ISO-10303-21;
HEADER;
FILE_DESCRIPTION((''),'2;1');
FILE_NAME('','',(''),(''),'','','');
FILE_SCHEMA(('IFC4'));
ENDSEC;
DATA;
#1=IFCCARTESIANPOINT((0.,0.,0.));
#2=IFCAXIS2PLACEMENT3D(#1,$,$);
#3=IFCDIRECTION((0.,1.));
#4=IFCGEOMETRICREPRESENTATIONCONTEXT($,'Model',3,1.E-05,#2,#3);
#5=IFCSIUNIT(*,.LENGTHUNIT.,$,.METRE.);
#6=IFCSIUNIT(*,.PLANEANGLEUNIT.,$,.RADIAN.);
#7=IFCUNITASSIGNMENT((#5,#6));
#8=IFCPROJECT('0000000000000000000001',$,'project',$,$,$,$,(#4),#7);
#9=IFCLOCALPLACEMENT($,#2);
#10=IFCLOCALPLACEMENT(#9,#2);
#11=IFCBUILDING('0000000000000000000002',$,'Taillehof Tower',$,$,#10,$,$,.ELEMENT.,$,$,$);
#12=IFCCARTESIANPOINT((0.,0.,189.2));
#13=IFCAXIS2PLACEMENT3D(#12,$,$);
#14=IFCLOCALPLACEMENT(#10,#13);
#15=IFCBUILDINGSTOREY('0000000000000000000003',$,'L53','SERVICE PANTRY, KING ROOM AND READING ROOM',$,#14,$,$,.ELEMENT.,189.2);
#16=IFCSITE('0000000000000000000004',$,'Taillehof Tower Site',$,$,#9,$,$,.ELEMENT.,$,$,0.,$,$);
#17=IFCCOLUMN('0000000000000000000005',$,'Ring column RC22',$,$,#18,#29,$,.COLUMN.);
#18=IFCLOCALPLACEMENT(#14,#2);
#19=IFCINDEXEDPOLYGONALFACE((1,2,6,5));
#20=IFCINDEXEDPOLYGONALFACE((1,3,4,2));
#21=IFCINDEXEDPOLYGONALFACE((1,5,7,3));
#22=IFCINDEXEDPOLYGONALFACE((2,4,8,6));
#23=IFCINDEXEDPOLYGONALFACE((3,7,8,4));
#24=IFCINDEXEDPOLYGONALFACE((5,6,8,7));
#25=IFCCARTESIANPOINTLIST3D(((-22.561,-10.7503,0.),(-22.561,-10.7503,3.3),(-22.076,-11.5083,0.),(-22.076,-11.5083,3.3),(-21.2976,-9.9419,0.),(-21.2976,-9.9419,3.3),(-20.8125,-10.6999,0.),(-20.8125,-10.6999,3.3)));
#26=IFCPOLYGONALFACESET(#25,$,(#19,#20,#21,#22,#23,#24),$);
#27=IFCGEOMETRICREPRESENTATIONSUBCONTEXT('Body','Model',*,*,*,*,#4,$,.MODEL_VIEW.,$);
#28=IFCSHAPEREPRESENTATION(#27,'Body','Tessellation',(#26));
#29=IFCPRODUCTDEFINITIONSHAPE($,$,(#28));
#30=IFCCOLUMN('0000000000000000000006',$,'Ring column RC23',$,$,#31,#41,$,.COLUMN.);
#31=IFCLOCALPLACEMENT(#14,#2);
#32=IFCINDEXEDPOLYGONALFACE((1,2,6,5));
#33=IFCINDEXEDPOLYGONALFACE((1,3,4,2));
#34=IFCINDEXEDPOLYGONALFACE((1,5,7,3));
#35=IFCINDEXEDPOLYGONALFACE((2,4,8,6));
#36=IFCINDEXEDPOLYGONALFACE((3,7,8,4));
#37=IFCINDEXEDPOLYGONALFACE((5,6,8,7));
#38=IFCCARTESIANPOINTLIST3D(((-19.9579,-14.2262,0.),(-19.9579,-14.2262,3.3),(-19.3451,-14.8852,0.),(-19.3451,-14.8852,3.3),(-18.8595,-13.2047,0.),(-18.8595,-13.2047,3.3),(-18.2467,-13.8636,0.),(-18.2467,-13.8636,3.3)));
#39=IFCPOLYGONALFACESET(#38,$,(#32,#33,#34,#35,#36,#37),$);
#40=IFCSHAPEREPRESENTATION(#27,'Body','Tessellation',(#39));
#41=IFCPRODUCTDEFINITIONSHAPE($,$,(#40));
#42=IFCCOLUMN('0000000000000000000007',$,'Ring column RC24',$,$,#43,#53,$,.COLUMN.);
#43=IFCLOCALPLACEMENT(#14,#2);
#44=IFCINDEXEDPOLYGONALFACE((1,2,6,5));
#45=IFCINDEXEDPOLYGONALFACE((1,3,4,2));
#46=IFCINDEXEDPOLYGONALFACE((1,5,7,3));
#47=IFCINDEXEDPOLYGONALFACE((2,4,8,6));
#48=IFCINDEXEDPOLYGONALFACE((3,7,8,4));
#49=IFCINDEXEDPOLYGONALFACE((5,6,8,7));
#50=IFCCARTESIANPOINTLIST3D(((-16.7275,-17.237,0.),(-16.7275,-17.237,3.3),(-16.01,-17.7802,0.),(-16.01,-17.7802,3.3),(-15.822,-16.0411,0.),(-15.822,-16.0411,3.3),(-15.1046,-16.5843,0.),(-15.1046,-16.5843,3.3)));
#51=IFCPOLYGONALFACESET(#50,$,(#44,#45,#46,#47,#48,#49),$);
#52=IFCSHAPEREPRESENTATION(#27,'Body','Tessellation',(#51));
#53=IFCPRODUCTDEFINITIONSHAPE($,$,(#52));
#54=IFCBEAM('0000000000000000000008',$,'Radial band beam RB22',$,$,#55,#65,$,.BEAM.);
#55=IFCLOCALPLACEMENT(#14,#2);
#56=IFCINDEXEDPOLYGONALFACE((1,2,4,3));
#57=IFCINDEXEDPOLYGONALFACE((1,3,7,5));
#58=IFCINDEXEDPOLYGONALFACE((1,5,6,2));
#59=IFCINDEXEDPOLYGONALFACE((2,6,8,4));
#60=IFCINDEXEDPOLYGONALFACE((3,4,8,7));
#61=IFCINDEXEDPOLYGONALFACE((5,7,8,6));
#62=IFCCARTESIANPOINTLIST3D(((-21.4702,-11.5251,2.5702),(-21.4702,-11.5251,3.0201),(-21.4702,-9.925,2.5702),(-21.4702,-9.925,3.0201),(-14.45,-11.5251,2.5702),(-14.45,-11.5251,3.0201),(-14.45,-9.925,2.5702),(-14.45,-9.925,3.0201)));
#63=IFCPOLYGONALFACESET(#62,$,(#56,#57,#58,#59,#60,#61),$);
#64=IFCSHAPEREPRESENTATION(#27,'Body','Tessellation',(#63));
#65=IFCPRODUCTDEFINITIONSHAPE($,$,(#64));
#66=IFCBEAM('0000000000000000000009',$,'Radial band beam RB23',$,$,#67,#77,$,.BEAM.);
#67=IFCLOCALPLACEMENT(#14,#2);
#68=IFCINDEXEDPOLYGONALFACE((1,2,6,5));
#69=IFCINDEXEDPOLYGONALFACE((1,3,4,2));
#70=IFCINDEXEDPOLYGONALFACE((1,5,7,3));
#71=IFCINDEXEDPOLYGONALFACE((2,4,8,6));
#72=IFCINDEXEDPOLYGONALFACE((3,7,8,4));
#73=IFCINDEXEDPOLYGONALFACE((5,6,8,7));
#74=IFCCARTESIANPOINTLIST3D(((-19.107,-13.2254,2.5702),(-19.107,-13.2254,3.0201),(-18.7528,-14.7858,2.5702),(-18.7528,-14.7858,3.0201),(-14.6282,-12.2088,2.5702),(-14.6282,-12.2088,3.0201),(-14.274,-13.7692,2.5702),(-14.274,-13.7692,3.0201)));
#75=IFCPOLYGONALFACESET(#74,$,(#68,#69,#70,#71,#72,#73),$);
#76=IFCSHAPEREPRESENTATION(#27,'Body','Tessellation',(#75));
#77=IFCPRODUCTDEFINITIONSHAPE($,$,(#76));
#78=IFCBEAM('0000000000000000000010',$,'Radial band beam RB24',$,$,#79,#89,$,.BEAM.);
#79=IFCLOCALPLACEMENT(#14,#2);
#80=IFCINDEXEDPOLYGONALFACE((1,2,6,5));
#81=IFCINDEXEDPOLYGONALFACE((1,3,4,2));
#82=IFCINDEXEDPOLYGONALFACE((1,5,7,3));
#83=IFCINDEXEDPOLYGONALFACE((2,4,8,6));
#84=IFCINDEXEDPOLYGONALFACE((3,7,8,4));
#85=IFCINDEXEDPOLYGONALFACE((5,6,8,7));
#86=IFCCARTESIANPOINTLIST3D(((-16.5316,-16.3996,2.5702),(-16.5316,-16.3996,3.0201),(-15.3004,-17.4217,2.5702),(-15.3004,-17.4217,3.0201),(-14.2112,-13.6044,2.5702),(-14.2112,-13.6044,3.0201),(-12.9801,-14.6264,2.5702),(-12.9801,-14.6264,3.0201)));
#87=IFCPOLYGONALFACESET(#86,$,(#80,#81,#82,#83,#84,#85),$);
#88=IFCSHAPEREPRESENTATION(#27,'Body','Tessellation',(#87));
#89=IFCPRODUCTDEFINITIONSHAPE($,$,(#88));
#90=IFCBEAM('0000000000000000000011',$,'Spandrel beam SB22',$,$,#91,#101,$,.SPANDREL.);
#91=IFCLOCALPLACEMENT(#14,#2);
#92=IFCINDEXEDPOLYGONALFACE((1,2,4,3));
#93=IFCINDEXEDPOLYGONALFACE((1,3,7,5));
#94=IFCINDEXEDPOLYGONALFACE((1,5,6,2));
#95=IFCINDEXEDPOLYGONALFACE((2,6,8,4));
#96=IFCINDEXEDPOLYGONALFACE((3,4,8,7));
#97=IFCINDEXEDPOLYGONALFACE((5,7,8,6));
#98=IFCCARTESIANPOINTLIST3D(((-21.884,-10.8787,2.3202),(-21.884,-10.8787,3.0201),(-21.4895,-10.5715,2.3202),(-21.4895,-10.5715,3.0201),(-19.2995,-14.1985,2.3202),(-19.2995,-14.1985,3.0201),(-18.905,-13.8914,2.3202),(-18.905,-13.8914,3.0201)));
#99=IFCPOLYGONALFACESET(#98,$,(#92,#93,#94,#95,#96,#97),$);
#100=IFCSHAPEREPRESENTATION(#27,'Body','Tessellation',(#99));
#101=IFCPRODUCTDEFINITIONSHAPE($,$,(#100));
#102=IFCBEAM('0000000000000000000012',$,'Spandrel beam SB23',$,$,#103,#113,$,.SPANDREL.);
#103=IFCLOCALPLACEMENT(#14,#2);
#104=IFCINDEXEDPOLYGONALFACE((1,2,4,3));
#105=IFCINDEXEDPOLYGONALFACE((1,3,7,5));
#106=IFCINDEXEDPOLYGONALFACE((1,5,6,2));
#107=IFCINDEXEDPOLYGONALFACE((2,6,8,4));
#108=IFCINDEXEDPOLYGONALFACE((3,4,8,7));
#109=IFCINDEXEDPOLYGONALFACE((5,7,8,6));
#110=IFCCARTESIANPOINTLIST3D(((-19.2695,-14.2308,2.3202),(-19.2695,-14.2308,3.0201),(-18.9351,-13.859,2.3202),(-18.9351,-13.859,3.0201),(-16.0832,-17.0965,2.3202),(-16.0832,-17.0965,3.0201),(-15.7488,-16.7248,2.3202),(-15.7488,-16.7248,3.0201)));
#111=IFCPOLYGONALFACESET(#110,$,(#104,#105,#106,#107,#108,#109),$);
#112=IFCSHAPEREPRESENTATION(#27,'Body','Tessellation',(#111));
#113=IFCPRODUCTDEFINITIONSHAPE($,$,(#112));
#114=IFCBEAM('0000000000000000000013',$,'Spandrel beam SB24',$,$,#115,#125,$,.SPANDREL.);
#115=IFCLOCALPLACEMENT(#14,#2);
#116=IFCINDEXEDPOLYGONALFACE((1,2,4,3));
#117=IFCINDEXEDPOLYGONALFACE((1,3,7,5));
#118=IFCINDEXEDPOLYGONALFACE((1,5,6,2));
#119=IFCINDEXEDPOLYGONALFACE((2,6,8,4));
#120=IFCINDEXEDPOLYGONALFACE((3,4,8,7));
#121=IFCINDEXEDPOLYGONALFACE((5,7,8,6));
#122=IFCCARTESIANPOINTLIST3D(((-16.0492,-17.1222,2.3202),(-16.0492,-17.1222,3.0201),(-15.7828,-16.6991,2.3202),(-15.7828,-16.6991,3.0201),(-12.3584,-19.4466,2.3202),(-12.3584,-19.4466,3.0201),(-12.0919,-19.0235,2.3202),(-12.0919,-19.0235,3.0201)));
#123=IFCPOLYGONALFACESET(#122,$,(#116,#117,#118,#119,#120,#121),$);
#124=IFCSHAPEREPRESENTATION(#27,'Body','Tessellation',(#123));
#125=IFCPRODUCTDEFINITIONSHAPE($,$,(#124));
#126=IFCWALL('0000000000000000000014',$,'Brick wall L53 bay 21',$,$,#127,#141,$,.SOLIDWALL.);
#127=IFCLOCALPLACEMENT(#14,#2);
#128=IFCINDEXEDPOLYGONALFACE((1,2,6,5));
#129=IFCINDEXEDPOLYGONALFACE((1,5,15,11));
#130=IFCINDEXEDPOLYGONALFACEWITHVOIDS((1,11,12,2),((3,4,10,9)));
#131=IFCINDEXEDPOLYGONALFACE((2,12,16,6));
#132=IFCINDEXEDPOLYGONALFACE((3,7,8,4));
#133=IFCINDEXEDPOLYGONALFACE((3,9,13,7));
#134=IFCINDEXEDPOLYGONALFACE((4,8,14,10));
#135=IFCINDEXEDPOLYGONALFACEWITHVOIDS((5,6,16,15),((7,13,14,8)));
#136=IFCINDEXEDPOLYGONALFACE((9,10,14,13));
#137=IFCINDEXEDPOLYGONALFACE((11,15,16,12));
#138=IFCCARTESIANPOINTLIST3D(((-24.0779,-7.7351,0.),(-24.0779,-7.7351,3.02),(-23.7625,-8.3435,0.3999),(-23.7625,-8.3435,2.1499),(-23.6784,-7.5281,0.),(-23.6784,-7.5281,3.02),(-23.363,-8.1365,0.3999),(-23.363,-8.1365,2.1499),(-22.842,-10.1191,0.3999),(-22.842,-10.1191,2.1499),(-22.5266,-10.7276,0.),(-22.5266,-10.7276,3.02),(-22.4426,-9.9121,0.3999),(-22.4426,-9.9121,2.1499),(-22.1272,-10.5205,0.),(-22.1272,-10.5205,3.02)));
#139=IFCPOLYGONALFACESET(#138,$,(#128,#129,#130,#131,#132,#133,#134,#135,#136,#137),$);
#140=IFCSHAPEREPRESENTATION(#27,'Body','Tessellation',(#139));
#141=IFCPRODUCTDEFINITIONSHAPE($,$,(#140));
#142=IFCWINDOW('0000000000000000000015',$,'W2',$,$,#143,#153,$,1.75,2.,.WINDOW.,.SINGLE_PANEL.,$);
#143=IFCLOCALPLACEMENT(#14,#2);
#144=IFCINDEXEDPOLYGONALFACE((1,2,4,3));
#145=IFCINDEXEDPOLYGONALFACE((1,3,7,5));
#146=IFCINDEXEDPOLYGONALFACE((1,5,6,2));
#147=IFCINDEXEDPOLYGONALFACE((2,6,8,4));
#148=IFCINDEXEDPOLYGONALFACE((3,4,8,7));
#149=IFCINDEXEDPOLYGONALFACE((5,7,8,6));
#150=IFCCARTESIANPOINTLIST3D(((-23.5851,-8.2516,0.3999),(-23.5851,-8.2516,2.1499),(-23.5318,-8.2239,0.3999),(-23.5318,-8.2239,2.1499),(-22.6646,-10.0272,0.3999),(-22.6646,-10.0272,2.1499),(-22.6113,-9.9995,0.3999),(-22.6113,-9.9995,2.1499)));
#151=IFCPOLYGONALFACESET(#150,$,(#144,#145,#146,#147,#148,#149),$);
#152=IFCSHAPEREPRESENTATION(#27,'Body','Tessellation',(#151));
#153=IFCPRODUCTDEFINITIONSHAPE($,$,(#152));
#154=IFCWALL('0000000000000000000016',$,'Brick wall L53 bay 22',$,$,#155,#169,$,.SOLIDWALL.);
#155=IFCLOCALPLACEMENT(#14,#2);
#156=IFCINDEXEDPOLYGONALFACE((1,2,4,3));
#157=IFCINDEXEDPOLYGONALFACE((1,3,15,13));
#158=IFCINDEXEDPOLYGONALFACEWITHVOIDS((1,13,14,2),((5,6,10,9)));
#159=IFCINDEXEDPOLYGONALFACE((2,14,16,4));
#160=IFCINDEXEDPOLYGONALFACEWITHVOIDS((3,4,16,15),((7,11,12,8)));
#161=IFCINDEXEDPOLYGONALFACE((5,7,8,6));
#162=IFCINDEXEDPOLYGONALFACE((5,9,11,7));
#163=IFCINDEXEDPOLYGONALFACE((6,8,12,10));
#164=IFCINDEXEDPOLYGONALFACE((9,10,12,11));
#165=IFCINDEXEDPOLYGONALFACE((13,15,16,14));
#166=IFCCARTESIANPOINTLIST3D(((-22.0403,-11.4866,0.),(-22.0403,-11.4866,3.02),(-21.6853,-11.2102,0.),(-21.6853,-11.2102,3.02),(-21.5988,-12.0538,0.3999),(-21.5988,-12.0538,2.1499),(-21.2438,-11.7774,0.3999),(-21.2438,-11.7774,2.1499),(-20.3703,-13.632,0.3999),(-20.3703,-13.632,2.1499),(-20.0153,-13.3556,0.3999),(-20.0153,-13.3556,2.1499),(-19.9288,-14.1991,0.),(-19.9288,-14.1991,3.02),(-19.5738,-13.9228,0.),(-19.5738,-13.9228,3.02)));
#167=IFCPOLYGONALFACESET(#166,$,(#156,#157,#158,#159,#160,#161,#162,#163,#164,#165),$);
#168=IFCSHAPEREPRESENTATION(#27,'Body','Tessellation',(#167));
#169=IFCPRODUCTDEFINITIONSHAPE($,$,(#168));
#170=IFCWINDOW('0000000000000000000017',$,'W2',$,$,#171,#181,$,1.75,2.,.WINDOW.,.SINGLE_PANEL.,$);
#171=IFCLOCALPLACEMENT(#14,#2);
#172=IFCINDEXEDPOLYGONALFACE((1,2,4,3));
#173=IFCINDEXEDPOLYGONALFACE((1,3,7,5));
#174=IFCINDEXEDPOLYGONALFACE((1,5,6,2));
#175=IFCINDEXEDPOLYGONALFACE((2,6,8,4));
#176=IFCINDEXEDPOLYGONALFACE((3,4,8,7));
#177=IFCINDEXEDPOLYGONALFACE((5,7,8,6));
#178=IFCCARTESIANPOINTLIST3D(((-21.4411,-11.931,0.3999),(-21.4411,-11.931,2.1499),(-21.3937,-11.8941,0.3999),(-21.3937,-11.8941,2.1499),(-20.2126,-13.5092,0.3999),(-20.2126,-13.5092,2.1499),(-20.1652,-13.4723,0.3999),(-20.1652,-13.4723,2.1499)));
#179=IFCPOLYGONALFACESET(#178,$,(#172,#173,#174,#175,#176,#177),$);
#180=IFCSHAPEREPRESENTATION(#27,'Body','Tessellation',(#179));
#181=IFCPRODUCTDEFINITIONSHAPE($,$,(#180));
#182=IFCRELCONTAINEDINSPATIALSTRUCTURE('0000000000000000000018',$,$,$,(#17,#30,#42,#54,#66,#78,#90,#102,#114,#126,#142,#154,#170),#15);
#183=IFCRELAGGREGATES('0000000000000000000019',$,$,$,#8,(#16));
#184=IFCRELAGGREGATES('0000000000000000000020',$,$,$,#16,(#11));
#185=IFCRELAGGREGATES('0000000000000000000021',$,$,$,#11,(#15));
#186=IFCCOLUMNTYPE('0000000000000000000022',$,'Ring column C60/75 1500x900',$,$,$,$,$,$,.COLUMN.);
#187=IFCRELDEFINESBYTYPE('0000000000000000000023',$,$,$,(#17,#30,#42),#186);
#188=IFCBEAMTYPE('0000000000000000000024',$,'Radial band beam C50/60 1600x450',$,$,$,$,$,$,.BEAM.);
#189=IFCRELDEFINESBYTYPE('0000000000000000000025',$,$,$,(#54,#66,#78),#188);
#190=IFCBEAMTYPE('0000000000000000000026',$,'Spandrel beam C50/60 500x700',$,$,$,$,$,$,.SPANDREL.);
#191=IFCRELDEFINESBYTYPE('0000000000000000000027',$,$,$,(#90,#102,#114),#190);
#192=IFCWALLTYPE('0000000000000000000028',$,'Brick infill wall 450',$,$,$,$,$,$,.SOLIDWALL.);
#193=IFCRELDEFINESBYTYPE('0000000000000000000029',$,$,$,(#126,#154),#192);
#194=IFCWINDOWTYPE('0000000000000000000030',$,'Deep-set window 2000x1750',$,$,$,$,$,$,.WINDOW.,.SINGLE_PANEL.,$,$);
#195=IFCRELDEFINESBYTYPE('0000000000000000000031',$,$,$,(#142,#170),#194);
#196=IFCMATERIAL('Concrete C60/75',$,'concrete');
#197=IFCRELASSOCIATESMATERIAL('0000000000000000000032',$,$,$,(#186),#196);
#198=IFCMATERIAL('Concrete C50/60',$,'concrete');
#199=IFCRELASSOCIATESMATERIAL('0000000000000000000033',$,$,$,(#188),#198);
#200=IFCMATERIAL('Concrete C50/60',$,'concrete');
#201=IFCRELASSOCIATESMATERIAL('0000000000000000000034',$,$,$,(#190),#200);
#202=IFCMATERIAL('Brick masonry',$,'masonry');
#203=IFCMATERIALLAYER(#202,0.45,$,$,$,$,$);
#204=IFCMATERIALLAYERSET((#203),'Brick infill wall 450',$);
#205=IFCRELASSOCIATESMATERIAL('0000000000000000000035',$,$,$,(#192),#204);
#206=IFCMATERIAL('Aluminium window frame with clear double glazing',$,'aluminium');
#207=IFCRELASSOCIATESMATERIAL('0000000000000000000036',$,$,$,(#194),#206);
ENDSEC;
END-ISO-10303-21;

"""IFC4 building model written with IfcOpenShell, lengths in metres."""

from ifc_helpers import new_model, si_unit, direction, frame, frame_2d, origin, origin_2d, place, context, subcontext, project, spatial, rectangle, extrude, material, layer, layer_set, material_profile, profile_set, type_object, element, fill, save


model = new_model("IFC4")

# Units and contexts
model_context = context("Model", 3, precision=1e-05, world=origin(), true_north=direction((0.0, 1.0)))
body_context = subcontext(model_context, "Body", "Model", "MODEL_VIEW")
ifc_project = project(units=[si_unit("LENGTHUNIT", "METRE"), si_unit("PLANEANGLEUNIT", "RADIAN")], contexts=[model_context])

# Site, building, storey
site_placement = place(None, origin())
site = spatial("IfcSite", under=ifc_project, at=site_placement, Name="Taillehof Tower Site", CompositionType="ELEMENT", RefElevation=0.0)
building_placement = place(site_placement, origin())
building = spatial("IfcBuilding", under=site, at=building_placement, Name="Taillehof Tower", CompositionType="ELEMENT")
storey_placement = place(building_placement, frame((0.0, 0.0, 189.2)))
storey = spatial("IfcBuildingStorey", under=building, at=storey_placement, Name="L53", Description="SERVICE PANTRY, KING ROOM AND READING ROOM", CompositionType="ELEMENT", Elevation=189.2)

# Columns
ifc_material_1 = material(Name="Concrete C60/75", Category="concrete")
ifc_material_profile_1 = material_profile(ifc_material_1, rectangle(XDim=1.5, YDim=0.8999, at=origin_2d()), Name="RC 1500x900")
ifc_profile_set_1 = profile_set([ifc_material_profile_1], Name="Concrete C60/75")
column_type = type_object("IfcColumnType", Name="Ring column C60/75 1500x900", PredefinedType="COLUMN", material=ifc_profile_set_1)
for number, where, z_axis, x_axis, name in (
    (1, (-21.6868, -10.7251, 0.0), (0.0, 0.0, 1.0), (-0.842311, -0.538992, 0.0), "Ring column RC22"),
    (2, (-19.1023, -14.0449, 0.0), (0.0, 0.0, 1.0), (-0.732271, -0.681013, 0.0), "Ring column RC23"),
    (3, (-15.916, -16.9106, 0.0), (0.0, 0.0, 1.0), (-0.603608, -0.797281, 0.0), "Ring column RC24"),
):
    element("IfcColumn", number, at=place(storey_placement, frame(where, z_axis=z_axis, x_axis=x_axis)), inside=storey, type_object=column_type, Name=name, PredefinedType="COLUMN", context=body_context, shape_type="SweptSolid", body=[
        extrude(rectangle(XDim=1.5, YDim=0.8999, at=origin_2d()), origin(), (0.0, 0.0, 1.0), 3.3),
    ])

# Beams
ifc_material_2 = material(Name="Concrete C50/60", Category="concrete")
ifc_material_profile_2 = material_profile(ifc_material_2, rectangle(XDim=1.6001, YDim=0.45, at=origin_2d()), Name="RC 1600x450")
ifc_profile_set_2 = profile_set([ifc_material_profile_2], Name="Concrete C50/60")
beam_type_1 = type_object("IfcBeamType", Name="Radial band beam C50/60 1600x450", PredefinedType="BEAM", material=ifc_profile_set_2)
beam_1_placement = place(storey_placement, frame((-21.4702, -10.7251, 2.7952), z_axis=(1.0, 0.0, 0.0), x_axis=(0.0, 1.0, 0.0)))
element("IfcBeam", 4, at=beam_1_placement, inside=storey, type_object=beam_type_1, Name="Radial band beam RB22", PredefinedType="BEAM", context=body_context, shape_type="SweptSolid", body=[
    extrude(rectangle(XDim=1.6001, YDim=0.45, at=origin_2d()), origin(), (0.0, 0.0, 1.0), 7.0203),
])
beam_2_placement = place(storey_placement, frame((-18.9299, -14.0056, 2.7952), z_axis=(0.975194, 0.221352, 0.0), x_axis=(-0.221352, 0.975194, 0.0)))
element("IfcBeam", 5, at=beam_2_placement, inside=storey, type_object=beam_type_1, Name="Radial band beam RB23", PredefinedType="BEAM", context=body_context, shape_type="SweptSolid", body=[
    extrude(rectangle(XDim=1.6001, YDim=0.45, at=origin_2d()), origin(), (0.0, 0.0, 1.0), 4.5928),
])
beam_3_placement = place(storey_placement, frame((-15.916, -16.9106, 2.7952), z_axis=(0.638722, 0.769437, 0.0), x_axis=(-0.769437, 0.638722, 0.0)))
element("IfcBeam", 6, at=beam_3_placement, inside=storey, type_object=beam_type_1, Name="Radial band beam RB24", PredefinedType="BEAM", context=body_context, shape_type="SweptSolid", body=[
    extrude(rectangle(XDim=1.6001, YDim=0.45, at=origin_2d()), origin(), (0.0, 0.0, 1.0), 3.6328),
])
ifc_material_3 = material(Name="Concrete C50/60", Category="concrete")
ifc_material_profile_3 = material_profile(ifc_material_3, rectangle(XDim=0.5, YDim=0.7, at=origin_2d()), Name="RC 500x700")
ifc_profile_set_3 = profile_set([ifc_material_profile_3], Name="Concrete C50/60")
beam_type_2 = type_object("IfcBeamType", Name="Spandrel beam C50/60 500x700", PredefinedType="SPANDREL", material=ifc_profile_set_3)
beam_4_placement = place(storey_placement, frame((-21.6868, -10.7251, 2.6702), z_axis=(0.614294, -0.789077, 0.0), x_axis=(0.789077, 0.614294, 0.0)))
element("IfcBeam", 7, at=beam_4_placement, inside=storey, type_object=beam_type_2, Name="Spandrel beam SB22", PredefinedType="SPANDREL", context=body_context, shape_type="SweptSolid", body=[
    extrude(rectangle(XDim=0.5, YDim=0.7, at=origin_2d()), origin(), (0.0, 0.0, 1.0), 4.2073),
])
beam_5_placement = place(storey_placement, frame((-19.1023, -14.0449, 2.6702), z_axis=(0.743518, -0.668716, 0.0), x_axis=(0.668716, 0.743518, 0.0)))
element("IfcBeam", 8, at=beam_5_placement, inside=storey, type_object=beam_type_2, Name="Spandrel beam SB23", PredefinedType="SPANDREL", context=body_context, shape_type="SweptSolid", body=[
    extrude(rectangle(XDim=0.5, YDim=0.7, at=origin_2d()), origin(), (0.0, 0.0, 1.0), 4.2854),
])
beam_6_placement = place(storey_placement, frame((-15.916, -16.9106, 2.6702), z_axis=(0.846176, -0.532904, 0.0), x_axis=(0.532904, 0.846176, 0.0)))
element("IfcBeam", 9, at=beam_6_placement, inside=storey, type_object=beam_type_2, Name="Spandrel beam SB24", PredefinedType="SPANDREL", context=body_context, shape_type="SweptSolid", body=[
    extrude(rectangle(XDim=0.5, YDim=0.7, at=origin_2d()), origin(), (0.0, 0.0, 1.0), 4.3618),
])

# Walls, openings, windows
ifc_material_4 = material(Name="Brick masonry", Category="masonry")
ifc_layer_1 = layer(ifc_material_4, 0.45)
ifc_layer_set_1 = layer_set([ifc_layer_1], Name="Brick infill wall 450")
wall_type_1 = type_object("IfcWallType", Name="Brick infill wall 450", PredefinedType="SOLIDWALL", material=ifc_layer_set_1)
wall_1_placement = place(storey_placement, frame((-23.8782, -7.6316, 0.0), z_axis=(0.0, 0.0, 1.0), x_axis=(0.460233, -0.887798, 0.0)))
wall_1 = element("IfcWall", 10, at=wall_1_placement, inside=storey, type_object=wall_type_1, Name="Brick wall L53 bay 21", PredefinedType="SOLIDWALL", context=body_context, shape_type="SweptSolid", body=[
    extrude(rectangle(XDim=3.3706, YDim=0.45, at=frame_2d((1.6853, 0.0))), origin(), (0.0, 0.0, 1.0), 3.02),
])
opening_1_placement = place(wall_1_placement, frame((0.6853, 0.0, 0.3999)))
opening_1 = element("IfcOpeningElement", 11, at=opening_1_placement, cuts=wall_1, PredefinedType="OPENING", context=body_context, shape_type="SweptSolid", body=[
    extrude(rectangle(XDim=2.0, YDim=1.75, at=frame_2d((1.0, 0.875))), frame((0.0, 0.2349, 0.0), z_axis=(0.0, -1.0, 0.0), x_axis=(1.0, 0.0, 0.0)), (0.0, 0.0, 1.0), 0.47),
])
ifc_material_5 = material(Name="Aluminium window frame with clear double glazing", Category="aluminium")
window_type = type_object("IfcWindowType", Name="Deep-set window 2000x1750", PartitioningType="SINGLE_PANEL", PredefinedType="WINDOW", material=ifc_material_5)
window_1_placement = place(opening_1_placement, origin())
window_1 = element("IfcWindow", 12, at=window_1_placement, inside=storey, type_object=window_type, Name="W2", OverallHeight=1.75, OverallWidth=2.0, PartitioningType="SINGLE_PANEL", PredefinedType="WINDOW", context=body_context, shape_type="SweptSolid", body=[
    extrude(rectangle(XDim=2.0, YDim=1.75, at=frame_2d((1.0, 0.875))), frame((0.0, 0.0349, 0.0), z_axis=(0.0, -1.0, 0.0), x_axis=(1.0, 0.0, 0.0)), (0.0, 0.0, 1.0), 0.0601),
])
fill(opening_1, window_1)
wall_2_placement = place(storey_placement, frame((-21.8628, -11.3484, 0.0), z_axis=(0.0, 0.0, 1.0), x_axis=(0.614255, -0.789107, 0.0)))
wall_2 = element("IfcWall", 13, at=wall_2_placement, inside=storey, type_object=wall_type_1, Name="Brick wall L53 bay 22", PredefinedType="SOLIDWALL", context=body_context, shape_type="SweptSolid", body=[
    extrude(rectangle(XDim=3.4375, YDim=0.45, at=frame_2d((1.7188, 0.0))), origin(), (0.0, 0.0, 1.0), 3.02),
])
opening_2_placement = place(wall_2_placement, frame((0.7188, 0.0, 0.3999)))
opening_2 = element("IfcOpeningElement", 14, at=opening_2_placement, cuts=wall_2, PredefinedType="OPENING", context=body_context, shape_type="SweptSolid", body=[
    extrude(rectangle(XDim=2.0, YDim=1.75, at=frame_2d((1.0, 0.875))), frame((0.0, 0.2349, 0.0), z_axis=(0.0, -1.0, 0.0), x_axis=(1.0, 0.0, 0.0)), (0.0, 0.0, 1.0), 0.47),
])
window_2_placement = place(opening_2_placement, origin())
window_2 = element("IfcWindow", 15, at=window_2_placement, inside=storey, type_object=window_type, Name="W2", OverallHeight=1.75, OverallWidth=2.0, PartitioningType="SINGLE_PANEL", PredefinedType="WINDOW", context=body_context, shape_type="SweptSolid", body=[
    extrude(rectangle(XDim=2.0, YDim=1.75, at=frame_2d((1.0, 0.875))), frame((0.0, 0.0349, 0.0), z_axis=(0.0, -1.0, 0.0), x_axis=(1.0, 0.0, 0.0)), (0.0, 0.0, 1.0), 0.0601),
])
fill(opening_2, window_2)

save(model, "model.ifc")
